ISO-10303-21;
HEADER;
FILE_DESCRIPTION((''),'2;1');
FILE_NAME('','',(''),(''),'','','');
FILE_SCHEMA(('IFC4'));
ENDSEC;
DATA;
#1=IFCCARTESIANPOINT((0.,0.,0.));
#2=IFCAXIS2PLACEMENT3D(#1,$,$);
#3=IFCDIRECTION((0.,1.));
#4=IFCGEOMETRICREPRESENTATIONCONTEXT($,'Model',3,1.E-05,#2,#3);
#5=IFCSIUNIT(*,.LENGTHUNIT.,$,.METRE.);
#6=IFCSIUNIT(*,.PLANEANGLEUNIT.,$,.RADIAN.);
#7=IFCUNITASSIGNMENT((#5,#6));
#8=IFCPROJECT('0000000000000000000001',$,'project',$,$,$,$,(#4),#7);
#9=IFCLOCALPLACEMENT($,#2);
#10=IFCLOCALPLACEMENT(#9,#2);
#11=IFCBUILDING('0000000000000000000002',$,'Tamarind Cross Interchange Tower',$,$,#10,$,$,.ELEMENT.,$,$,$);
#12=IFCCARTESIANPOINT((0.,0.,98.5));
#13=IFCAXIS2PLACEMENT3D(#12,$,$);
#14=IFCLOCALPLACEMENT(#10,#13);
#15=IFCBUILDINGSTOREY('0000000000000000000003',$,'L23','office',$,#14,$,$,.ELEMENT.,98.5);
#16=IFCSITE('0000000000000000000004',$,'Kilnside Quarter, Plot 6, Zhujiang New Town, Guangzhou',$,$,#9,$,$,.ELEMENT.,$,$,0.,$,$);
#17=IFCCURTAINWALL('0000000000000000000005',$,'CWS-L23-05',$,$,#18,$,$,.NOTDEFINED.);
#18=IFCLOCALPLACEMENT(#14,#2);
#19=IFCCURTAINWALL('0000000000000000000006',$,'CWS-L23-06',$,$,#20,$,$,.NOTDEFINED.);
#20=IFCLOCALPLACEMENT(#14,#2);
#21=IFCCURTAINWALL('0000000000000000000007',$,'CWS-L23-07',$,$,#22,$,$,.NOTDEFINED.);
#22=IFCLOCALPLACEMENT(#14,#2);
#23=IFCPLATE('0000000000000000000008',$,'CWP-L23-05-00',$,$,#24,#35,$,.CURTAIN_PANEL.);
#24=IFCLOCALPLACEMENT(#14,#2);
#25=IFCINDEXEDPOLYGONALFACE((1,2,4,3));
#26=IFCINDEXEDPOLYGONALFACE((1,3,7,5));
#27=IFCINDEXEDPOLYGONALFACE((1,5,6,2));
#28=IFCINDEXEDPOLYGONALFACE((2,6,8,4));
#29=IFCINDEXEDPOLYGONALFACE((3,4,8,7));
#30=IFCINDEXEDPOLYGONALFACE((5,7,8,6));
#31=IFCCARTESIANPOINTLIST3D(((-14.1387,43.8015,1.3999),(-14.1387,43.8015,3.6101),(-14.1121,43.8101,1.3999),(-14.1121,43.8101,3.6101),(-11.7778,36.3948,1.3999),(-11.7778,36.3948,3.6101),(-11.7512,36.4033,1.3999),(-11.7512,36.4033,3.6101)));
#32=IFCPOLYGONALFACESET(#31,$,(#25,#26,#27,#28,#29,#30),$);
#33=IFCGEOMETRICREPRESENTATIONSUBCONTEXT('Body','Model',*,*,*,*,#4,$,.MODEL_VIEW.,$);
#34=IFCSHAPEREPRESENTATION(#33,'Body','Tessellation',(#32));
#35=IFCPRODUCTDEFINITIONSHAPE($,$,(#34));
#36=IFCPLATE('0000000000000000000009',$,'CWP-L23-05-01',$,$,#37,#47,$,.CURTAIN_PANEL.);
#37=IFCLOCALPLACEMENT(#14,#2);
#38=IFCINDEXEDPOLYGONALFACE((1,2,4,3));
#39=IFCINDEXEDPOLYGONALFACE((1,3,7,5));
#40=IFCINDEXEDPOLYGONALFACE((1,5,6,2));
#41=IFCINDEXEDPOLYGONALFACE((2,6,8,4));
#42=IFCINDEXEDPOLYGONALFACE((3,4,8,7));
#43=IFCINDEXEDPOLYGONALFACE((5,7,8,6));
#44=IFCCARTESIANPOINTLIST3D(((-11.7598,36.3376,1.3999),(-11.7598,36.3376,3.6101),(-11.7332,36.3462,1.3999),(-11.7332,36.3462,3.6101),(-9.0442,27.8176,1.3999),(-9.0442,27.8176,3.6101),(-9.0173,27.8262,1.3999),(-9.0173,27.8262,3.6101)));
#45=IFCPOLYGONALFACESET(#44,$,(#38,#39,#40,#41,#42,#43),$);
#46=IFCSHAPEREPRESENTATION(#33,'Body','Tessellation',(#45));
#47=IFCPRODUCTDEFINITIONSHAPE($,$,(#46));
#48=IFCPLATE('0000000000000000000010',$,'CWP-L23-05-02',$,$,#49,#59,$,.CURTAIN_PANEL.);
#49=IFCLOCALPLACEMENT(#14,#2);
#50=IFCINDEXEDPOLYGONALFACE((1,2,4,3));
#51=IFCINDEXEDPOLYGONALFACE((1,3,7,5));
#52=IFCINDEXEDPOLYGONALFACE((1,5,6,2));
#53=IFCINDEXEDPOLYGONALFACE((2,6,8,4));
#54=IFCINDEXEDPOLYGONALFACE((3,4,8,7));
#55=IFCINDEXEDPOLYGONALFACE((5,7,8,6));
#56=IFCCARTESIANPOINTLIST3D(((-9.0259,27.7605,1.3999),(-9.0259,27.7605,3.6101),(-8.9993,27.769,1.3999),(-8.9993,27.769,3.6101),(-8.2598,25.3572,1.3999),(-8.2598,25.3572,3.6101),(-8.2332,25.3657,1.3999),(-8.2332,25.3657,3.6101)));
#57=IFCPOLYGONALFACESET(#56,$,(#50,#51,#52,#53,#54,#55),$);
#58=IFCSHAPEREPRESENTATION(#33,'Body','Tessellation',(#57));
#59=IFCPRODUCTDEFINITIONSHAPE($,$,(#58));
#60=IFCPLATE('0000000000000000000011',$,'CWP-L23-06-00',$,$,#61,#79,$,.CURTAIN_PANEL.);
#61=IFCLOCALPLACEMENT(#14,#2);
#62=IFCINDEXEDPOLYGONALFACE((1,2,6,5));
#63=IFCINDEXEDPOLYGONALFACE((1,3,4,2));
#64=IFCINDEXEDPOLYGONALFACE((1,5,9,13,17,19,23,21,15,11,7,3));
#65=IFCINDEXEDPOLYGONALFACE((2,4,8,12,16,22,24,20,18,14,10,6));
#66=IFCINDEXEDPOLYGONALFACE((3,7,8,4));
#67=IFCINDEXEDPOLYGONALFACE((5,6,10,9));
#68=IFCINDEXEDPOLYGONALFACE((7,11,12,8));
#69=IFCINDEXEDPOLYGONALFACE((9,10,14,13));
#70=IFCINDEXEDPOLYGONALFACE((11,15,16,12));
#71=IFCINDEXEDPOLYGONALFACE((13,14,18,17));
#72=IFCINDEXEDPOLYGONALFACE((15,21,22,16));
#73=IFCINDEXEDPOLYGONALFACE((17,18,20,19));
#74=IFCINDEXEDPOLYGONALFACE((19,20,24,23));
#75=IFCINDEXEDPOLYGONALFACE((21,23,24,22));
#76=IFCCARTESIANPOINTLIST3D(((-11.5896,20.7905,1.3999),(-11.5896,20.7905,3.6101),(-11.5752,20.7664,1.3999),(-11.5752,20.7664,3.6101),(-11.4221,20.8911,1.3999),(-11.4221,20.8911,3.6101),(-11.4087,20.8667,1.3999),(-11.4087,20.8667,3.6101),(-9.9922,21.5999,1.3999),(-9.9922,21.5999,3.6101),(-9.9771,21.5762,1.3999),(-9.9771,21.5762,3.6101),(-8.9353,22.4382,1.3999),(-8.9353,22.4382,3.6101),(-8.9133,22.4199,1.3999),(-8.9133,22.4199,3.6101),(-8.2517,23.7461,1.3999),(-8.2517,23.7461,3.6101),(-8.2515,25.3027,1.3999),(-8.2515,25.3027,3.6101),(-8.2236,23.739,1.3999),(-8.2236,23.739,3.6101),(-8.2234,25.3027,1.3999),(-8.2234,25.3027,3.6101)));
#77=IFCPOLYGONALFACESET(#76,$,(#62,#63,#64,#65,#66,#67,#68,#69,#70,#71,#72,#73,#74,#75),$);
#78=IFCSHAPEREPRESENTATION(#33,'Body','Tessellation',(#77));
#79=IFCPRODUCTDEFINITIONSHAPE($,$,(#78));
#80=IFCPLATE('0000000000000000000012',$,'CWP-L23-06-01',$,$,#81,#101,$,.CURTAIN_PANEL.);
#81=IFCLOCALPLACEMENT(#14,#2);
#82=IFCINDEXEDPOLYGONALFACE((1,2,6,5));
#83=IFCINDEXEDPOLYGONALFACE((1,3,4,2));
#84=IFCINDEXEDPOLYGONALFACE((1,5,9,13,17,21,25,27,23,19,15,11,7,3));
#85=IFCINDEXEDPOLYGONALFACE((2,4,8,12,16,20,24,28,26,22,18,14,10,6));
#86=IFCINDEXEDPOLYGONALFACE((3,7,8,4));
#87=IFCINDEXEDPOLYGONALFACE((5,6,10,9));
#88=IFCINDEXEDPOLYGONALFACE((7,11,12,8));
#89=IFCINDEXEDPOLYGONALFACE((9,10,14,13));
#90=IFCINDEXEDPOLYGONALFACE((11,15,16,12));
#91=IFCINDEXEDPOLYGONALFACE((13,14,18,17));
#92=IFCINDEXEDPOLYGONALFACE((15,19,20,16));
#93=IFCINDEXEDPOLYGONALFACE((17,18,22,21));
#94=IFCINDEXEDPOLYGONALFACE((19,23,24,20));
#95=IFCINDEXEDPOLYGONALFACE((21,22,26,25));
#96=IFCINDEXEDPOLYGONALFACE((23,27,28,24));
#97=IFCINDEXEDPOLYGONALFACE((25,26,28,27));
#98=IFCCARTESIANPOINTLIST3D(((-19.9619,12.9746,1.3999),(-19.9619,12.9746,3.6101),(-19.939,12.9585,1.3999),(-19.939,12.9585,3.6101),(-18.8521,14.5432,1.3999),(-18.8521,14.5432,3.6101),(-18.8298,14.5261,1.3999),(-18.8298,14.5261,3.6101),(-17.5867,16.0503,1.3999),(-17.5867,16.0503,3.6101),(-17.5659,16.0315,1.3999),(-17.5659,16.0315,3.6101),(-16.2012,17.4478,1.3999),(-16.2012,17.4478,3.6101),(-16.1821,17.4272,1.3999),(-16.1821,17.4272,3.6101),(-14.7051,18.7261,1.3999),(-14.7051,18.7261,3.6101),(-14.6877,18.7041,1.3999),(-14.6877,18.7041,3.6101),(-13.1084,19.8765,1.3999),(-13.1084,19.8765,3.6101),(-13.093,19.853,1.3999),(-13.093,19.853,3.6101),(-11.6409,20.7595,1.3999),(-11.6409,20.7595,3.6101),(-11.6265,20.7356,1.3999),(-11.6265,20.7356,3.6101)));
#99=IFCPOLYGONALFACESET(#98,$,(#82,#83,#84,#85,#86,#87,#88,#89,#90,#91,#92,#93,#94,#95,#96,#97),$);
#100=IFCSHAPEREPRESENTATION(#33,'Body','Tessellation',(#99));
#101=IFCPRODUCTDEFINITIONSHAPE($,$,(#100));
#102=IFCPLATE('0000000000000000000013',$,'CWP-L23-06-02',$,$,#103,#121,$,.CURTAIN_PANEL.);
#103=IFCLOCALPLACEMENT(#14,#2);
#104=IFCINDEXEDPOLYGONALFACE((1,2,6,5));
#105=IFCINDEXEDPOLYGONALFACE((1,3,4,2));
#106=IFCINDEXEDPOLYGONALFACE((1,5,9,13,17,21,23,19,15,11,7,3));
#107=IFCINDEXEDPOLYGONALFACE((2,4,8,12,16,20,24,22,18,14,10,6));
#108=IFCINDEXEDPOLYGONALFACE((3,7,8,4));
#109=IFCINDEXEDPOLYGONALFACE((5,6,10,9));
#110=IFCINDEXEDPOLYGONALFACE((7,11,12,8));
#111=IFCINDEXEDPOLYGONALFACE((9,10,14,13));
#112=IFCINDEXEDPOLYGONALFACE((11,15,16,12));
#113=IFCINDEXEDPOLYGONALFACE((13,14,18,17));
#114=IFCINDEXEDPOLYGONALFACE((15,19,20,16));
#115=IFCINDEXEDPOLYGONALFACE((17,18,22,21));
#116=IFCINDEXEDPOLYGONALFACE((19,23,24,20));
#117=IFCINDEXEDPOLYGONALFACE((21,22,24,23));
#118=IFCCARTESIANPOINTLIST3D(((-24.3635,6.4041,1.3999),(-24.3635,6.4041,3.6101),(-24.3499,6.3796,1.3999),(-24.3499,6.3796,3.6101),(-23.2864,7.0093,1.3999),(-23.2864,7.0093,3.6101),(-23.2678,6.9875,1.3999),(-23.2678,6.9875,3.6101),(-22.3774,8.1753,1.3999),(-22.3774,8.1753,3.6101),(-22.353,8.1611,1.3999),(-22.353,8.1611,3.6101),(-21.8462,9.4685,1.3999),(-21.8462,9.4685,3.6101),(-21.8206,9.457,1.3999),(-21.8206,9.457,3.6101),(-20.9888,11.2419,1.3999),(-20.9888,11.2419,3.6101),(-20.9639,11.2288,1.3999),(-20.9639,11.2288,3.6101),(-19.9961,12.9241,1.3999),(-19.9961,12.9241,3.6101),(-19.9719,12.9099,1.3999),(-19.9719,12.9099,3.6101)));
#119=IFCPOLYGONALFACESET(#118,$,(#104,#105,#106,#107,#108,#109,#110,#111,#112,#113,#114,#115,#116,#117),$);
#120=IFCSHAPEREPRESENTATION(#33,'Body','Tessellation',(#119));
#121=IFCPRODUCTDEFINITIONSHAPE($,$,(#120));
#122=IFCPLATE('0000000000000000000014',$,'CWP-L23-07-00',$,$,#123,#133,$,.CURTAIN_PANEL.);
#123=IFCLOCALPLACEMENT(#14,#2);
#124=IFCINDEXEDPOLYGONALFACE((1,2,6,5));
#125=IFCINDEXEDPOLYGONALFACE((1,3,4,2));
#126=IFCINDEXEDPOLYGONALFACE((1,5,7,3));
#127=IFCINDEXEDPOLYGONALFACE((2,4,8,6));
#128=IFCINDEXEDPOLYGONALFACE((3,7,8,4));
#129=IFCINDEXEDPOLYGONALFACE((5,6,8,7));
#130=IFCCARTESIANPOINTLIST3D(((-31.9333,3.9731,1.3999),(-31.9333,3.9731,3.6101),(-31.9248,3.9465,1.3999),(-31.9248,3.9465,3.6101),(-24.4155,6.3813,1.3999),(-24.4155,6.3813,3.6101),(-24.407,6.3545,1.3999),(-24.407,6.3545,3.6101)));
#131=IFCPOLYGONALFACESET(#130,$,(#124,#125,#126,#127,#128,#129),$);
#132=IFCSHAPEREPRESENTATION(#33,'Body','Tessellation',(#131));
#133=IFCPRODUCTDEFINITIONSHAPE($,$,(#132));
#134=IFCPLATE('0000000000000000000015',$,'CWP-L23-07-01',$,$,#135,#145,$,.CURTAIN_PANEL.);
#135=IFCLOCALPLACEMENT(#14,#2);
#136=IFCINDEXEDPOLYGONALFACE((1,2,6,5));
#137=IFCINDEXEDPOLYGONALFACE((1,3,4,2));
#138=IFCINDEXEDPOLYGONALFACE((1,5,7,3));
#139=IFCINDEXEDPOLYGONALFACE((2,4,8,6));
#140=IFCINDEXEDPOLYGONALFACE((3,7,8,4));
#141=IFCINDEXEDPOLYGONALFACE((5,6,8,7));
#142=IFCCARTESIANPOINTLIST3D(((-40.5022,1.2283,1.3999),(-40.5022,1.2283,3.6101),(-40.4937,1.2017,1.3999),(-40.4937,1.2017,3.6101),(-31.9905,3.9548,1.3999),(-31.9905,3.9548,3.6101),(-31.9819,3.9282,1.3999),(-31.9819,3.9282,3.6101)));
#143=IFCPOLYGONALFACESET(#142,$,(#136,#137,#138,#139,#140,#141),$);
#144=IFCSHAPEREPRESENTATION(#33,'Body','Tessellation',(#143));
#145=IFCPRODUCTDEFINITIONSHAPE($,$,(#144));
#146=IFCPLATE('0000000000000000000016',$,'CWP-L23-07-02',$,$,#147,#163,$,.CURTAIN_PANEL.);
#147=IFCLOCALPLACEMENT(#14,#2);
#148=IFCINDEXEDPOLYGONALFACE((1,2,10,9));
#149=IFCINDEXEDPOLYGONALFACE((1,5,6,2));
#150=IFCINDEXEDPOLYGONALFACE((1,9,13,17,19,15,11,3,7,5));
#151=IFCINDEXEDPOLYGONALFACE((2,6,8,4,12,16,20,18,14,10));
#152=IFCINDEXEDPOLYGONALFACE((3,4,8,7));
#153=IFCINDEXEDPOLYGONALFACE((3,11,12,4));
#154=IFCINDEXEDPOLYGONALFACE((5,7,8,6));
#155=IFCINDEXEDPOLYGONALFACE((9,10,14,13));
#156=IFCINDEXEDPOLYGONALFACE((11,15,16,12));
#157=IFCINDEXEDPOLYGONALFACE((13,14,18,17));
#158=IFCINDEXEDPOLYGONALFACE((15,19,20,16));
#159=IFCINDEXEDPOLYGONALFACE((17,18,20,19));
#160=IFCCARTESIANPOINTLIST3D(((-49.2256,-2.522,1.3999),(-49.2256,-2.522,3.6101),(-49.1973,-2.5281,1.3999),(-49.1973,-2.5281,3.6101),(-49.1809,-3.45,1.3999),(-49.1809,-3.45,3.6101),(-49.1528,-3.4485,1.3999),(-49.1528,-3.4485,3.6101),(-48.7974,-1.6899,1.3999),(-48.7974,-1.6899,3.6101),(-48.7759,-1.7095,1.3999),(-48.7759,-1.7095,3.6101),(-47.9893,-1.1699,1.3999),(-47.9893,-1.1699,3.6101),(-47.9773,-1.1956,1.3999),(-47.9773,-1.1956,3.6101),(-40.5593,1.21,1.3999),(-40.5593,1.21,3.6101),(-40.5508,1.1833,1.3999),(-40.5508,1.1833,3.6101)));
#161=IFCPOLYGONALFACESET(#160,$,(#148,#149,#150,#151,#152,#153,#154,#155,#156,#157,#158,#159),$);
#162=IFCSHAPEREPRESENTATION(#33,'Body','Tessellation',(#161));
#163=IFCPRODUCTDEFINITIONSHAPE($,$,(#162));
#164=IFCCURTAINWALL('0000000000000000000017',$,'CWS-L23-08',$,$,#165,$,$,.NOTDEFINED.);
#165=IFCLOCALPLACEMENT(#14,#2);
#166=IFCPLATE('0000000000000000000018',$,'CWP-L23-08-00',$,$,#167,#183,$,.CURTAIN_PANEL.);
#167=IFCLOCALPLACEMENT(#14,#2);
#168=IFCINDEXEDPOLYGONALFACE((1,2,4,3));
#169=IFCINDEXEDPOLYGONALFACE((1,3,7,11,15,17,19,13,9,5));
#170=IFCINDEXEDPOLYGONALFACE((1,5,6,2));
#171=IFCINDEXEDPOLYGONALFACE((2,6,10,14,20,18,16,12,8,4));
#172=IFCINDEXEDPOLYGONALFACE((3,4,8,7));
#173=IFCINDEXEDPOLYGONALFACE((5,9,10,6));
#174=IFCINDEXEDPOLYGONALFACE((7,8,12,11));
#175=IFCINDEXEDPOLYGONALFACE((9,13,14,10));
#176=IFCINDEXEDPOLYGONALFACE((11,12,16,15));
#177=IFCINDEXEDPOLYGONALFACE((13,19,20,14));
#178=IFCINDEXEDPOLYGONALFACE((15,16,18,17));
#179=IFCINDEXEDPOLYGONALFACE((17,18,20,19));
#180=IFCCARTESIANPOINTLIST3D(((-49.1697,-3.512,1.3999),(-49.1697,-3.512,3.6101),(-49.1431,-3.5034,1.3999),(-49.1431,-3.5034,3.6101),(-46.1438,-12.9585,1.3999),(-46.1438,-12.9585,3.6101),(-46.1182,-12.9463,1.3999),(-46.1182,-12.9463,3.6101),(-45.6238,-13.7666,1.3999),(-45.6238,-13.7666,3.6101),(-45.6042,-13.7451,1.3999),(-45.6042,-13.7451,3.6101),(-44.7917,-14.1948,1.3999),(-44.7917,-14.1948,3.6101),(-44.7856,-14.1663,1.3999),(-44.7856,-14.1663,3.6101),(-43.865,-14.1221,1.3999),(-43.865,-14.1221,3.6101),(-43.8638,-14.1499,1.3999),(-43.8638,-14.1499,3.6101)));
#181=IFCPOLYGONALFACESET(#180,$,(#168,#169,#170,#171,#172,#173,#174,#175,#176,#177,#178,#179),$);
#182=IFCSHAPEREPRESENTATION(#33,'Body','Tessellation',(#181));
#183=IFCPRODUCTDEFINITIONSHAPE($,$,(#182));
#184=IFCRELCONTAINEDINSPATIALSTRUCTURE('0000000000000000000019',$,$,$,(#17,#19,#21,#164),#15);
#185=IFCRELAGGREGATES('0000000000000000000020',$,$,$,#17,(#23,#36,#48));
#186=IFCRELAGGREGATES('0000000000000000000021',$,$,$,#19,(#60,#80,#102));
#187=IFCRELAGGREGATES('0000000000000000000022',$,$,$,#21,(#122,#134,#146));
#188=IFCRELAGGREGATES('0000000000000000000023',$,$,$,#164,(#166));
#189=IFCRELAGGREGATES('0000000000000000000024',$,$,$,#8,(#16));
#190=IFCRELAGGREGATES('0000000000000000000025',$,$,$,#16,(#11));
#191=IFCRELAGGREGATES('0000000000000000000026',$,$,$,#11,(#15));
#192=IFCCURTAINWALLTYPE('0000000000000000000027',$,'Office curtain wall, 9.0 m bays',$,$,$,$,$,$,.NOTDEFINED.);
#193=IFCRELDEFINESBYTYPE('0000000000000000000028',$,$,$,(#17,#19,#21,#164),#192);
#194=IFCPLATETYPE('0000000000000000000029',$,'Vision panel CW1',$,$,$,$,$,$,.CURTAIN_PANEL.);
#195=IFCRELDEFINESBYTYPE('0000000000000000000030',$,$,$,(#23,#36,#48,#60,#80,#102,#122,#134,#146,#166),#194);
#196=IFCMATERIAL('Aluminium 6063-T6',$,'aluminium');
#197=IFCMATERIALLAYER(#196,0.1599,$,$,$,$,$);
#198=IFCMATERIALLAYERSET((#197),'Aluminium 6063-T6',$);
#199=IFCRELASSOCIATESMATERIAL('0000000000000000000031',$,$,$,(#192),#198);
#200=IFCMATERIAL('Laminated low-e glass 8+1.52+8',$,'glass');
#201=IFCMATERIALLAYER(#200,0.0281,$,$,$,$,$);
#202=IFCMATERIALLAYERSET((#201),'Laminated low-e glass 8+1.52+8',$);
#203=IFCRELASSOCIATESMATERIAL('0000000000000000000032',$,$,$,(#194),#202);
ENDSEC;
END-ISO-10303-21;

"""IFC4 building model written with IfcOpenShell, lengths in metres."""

from ifc_helpers import new_model, si_unit, direction, frame, origin, place, context, subcontext, project, spatial, polyline, outline, extrude, material, layer, layer_set, type_object, element, aggregate, save


model = new_model("IFC4")

# Units and contexts
model_context = context("Model", 3, precision=1e-05, world=origin(), true_north=direction((0.0, 1.0)))
body_context = subcontext(model_context, "Body", "Model", "MODEL_VIEW")
ifc_project = project(units=[si_unit("LENGTHUNIT", "METRE"), si_unit("PLANEANGLEUNIT", "RADIAN")], contexts=[model_context])

# Site, building, storey
site_placement = place(None, origin())
site = spatial("IfcSite", under=ifc_project, at=site_placement, Name="Kilnside Quarter, Plot 6, Zhujiang New Town, Guangzhou", CompositionType="ELEMENT", RefElevation=0.0)
building_placement = place(site_placement, origin())
building = spatial("IfcBuilding", under=site, at=building_placement, Name="Tamarind Cross Interchange Tower", CompositionType="ELEMENT")
storey_placement = place(building_placement, frame((0.0, 0.0, 98.5)))
storey = spatial("IfcBuildingStorey", under=building, at=storey_placement, Name="L23", Description="office", CompositionType="ELEMENT", Elevation=98.5)

# Curtain walls
ifc_material_1 = material(Name="Aluminium 6063-T6", Category="aluminium")
ifc_layer_1 = layer(ifc_material_1, 0.1599)
ifc_layer_set_1 = layer_set([ifc_layer_1], Name="Aluminium 6063-T6")
curtain_wall_type = type_object("IfcCurtainWallType", Name="Office curtain wall, 9.0 m bays", PredefinedType="NOTDEFINED", material=ifc_layer_set_1)
curtain_wall_1_placement = place(storey_placement, origin())
curtain_wall_1 = element("IfcCurtainWall", 1, at=curtain_wall_1_placement, inside=storey, type_object=curtain_wall_type, Name="CWS-L23-05", PredefinedType="NOTDEFINED")
curtain_wall_2_placement = place(storey_placement, origin())
curtain_wall_2 = element("IfcCurtainWall", 2, at=curtain_wall_2_placement, inside=storey, type_object=curtain_wall_type, Name="CWS-L23-06", PredefinedType="NOTDEFINED")
curtain_wall_3_placement = place(storey_placement, origin())
curtain_wall_3 = element("IfcCurtainWall", 3, at=curtain_wall_3_placement, inside=storey, type_object=curtain_wall_type, Name="CWS-L23-07", PredefinedType="NOTDEFINED")

# Plates
ifc_material_2 = material(Name="Laminated low-e glass 8+1.52+8", Category="glass")
ifc_layer_2 = layer(ifc_material_2, 0.0281)
ifc_layer_set_2 = layer_set([ifc_layer_2], Name="Laminated low-e glass 8+1.52+8")
plate_type = type_object("IfcPlateType", Name="Vision panel CW1", PredefinedType="CURTAIN_PANEL", material=ifc_layer_set_2)
plate_1_placement = place(storey_placement, frame((0.0, 0.0, 1.3999)))
plate_1 = element("IfcPlate", 4, at=plate_1_placement, type_object=plate_type, Name="CWP-L23-05-00", PredefinedType="CURTAIN_PANEL", context=body_context, shape_type="SweptSolid", body=[
    extrude(outline(polyline([(-14.1121, 43.8101), (-11.7512, 36.4033), (-11.7778, 36.3948), (-14.1387, 43.8015), (-14.1121, 43.8101)])), origin(), (0.0, 0.0, 1.0), 2.2102),
])
plate_2_placement = place(storey_placement, frame((0.0, 0.0, 1.3999)))
plate_2 = element("IfcPlate", 5, at=plate_2_placement, type_object=plate_type, Name="CWP-L23-05-01", PredefinedType="CURTAIN_PANEL", context=body_context, shape_type="SweptSolid", body=[
    extrude(outline(polyline([(-11.7332, 36.3462), (-9.0173, 27.8262), (-9.0442, 27.8176), (-11.7598, 36.3376), (-11.7332, 36.3462)])), origin(), (0.0, 0.0, 1.0), 2.2102),
])
plate_3_placement = place(storey_placement, frame((0.0, 0.0, 1.3999)))
plate_3 = element("IfcPlate", 6, at=plate_3_placement, type_object=plate_type, Name="CWP-L23-05-02", PredefinedType="CURTAIN_PANEL", context=body_context, shape_type="SweptSolid", body=[
    extrude(outline(polyline([(-8.9993, 27.769), (-8.2332, 25.3657), (-8.2598, 25.3572), (-9.0259, 27.7605), (-8.9993, 27.769)])), origin(), (0.0, 0.0, 1.0), 2.2102),
])
aggregate(curtain_wall_1, [plate_1, plate_2, plate_3])
plate_4_placement = place(storey_placement, frame((0.0, 0.0, 1.3999)))
plate_4 = element("IfcPlate", 7, at=plate_4_placement, type_object=plate_type, Name="CWP-L23-06-00", PredefinedType="CURTAIN_PANEL", context=body_context, shape_type="SweptSolid", body=[
    extrude(outline(polyline([(-8.2234, 25.3027), (-8.2236, 23.739), (-8.9133, 22.4199), (-9.9771, 21.5762), (-11.4087, 20.8667), (-11.5752, 20.7664), (-11.5896, 20.7905), (-11.4221, 20.8911), (-9.9922, 21.5999), (-8.9353, 22.4382), (-8.2517, 23.7461), (-8.2515, 25.3027), (-8.2234, 25.3027)])), origin(), (0.0, 0.0, 1.0), 2.2102),
])
plate_5_placement = place(storey_placement, frame((0.0, 0.0, 1.3999)))
plate_5 = element("IfcPlate", 8, at=plate_5_placement, type_object=plate_type, Name="CWP-L23-06-01", PredefinedType="CURTAIN_PANEL", context=body_context, shape_type="SweptSolid", body=[
    extrude(outline(polyline([(-11.6265, 20.7356), (-13.093, 19.853), (-14.6877, 18.7041), (-16.1821, 17.4272), (-17.5659, 16.0315), (-18.8298, 14.5261), (-19.939, 12.9585), (-19.9619, 12.9746), (-18.8521, 14.5432), (-17.5867, 16.0503), (-16.2012, 17.4478), (-14.7051, 18.7261), (-13.1084, 19.8765), (-11.6409, 20.7595), (-11.6265, 20.7356)])), origin(), (0.0, 0.0, 1.0), 2.2102),
])
plate_6_placement = place(storey_placement, frame((0.0, 0.0, 1.3999)))
plate_6 = element("IfcPlate", 9, at=plate_6_placement, type_object=plate_type, Name="CWP-L23-06-02", PredefinedType="CURTAIN_PANEL", context=body_context, shape_type="SweptSolid", body=[
    extrude(outline(polyline([(-19.9719, 12.9099), (-20.9639, 11.2288), (-21.8206, 9.457), (-22.353, 8.1611), (-23.2678, 6.9875), (-24.3499, 6.3796), (-24.3635, 6.4041), (-23.2864, 7.0093), (-22.3774, 8.1753), (-21.8462, 9.4685), (-20.9888, 11.2419), (-19.9961, 12.9241), (-19.9719, 12.9099)])), origin(), (0.0, 0.0, 1.0), 2.2102),
])
aggregate(curtain_wall_2, [plate_4, plate_5, plate_6])
plate_7_placement = place(storey_placement, frame((0.0, 0.0, 1.3999)))
plate_7 = element("IfcPlate", 10, at=plate_7_placement, type_object=plate_type, Name="CWP-L23-07-00", PredefinedType="CURTAIN_PANEL", context=body_context, shape_type="SweptSolid", body=[
    extrude(outline(polyline([(-24.407, 6.3545), (-31.9248, 3.9465), (-31.9333, 3.9731), (-24.4155, 6.3813), (-24.407, 6.3545)])), origin(), (0.0, 0.0, 1.0), 2.2102),
])
plate_8_placement = place(storey_placement, frame((0.0, 0.0, 1.3999)))
plate_8 = element("IfcPlate", 11, at=plate_8_placement, type_object=plate_type, Name="CWP-L23-07-01", PredefinedType="CURTAIN_PANEL", context=body_context, shape_type="SweptSolid", body=[
    extrude(outline(polyline([(-31.9819, 3.9282), (-40.4937, 1.2017), (-40.5022, 1.2283), (-31.9905, 3.9548), (-31.9819, 3.9282)])), origin(), (0.0, 0.0, 1.0), 2.2102),
])
plate_9_placement = place(storey_placement, frame((0.0, 0.0, 1.3999)))
plate_9 = element("IfcPlate", 12, at=plate_9_placement, type_object=plate_type, Name="CWP-L23-07-02", PredefinedType="CURTAIN_PANEL", context=body_context, shape_type="SweptSolid", body=[
    extrude(outline(polyline([(-40.5508, 1.1833), (-47.9773, -1.1956), (-48.7759, -1.7095), (-49.1973, -2.5281), (-49.1528, -3.4485), (-49.1809, -3.45), (-49.2256, -2.522), (-48.7974, -1.6899), (-47.9893, -1.1699), (-40.5593, 1.21), (-40.5508, 1.1833)])), origin(), (0.0, 0.0, 1.0), 2.2102),
])
aggregate(curtain_wall_3, [plate_7, plate_8, plate_9])

# Curtain wall, plate
curtain_wall_4_placement = place(storey_placement, origin())
curtain_wall_4 = element("IfcCurtainWall", 13, at=curtain_wall_4_placement, inside=storey, type_object=curtain_wall_type, Name="CWS-L23-08", PredefinedType="NOTDEFINED")
plate_10_placement = place(storey_placement, frame((0.0, 0.0, 1.3999)))
plate_10 = element("IfcPlate", 14, at=plate_10_placement, type_object=plate_type, Name="CWP-L23-08-00", PredefinedType="CURTAIN_PANEL", context=body_context, shape_type="SweptSolid", body=[
    extrude(outline(polyline([(-49.1431, -3.5034), (-46.1182, -12.9463), (-45.6042, -13.7451), (-44.7856, -14.1663), (-43.865, -14.1221), (-43.8638, -14.1499), (-44.7917, -14.1948), (-45.6238, -13.7666), (-46.1438, -12.9585), (-49.1697, -3.512), (-49.1431, -3.5034)])), origin(), (0.0, 0.0, 1.0), 2.2102),
])
aggregate(curtain_wall_4, [plate_10])

save(model, "model.ifc")
